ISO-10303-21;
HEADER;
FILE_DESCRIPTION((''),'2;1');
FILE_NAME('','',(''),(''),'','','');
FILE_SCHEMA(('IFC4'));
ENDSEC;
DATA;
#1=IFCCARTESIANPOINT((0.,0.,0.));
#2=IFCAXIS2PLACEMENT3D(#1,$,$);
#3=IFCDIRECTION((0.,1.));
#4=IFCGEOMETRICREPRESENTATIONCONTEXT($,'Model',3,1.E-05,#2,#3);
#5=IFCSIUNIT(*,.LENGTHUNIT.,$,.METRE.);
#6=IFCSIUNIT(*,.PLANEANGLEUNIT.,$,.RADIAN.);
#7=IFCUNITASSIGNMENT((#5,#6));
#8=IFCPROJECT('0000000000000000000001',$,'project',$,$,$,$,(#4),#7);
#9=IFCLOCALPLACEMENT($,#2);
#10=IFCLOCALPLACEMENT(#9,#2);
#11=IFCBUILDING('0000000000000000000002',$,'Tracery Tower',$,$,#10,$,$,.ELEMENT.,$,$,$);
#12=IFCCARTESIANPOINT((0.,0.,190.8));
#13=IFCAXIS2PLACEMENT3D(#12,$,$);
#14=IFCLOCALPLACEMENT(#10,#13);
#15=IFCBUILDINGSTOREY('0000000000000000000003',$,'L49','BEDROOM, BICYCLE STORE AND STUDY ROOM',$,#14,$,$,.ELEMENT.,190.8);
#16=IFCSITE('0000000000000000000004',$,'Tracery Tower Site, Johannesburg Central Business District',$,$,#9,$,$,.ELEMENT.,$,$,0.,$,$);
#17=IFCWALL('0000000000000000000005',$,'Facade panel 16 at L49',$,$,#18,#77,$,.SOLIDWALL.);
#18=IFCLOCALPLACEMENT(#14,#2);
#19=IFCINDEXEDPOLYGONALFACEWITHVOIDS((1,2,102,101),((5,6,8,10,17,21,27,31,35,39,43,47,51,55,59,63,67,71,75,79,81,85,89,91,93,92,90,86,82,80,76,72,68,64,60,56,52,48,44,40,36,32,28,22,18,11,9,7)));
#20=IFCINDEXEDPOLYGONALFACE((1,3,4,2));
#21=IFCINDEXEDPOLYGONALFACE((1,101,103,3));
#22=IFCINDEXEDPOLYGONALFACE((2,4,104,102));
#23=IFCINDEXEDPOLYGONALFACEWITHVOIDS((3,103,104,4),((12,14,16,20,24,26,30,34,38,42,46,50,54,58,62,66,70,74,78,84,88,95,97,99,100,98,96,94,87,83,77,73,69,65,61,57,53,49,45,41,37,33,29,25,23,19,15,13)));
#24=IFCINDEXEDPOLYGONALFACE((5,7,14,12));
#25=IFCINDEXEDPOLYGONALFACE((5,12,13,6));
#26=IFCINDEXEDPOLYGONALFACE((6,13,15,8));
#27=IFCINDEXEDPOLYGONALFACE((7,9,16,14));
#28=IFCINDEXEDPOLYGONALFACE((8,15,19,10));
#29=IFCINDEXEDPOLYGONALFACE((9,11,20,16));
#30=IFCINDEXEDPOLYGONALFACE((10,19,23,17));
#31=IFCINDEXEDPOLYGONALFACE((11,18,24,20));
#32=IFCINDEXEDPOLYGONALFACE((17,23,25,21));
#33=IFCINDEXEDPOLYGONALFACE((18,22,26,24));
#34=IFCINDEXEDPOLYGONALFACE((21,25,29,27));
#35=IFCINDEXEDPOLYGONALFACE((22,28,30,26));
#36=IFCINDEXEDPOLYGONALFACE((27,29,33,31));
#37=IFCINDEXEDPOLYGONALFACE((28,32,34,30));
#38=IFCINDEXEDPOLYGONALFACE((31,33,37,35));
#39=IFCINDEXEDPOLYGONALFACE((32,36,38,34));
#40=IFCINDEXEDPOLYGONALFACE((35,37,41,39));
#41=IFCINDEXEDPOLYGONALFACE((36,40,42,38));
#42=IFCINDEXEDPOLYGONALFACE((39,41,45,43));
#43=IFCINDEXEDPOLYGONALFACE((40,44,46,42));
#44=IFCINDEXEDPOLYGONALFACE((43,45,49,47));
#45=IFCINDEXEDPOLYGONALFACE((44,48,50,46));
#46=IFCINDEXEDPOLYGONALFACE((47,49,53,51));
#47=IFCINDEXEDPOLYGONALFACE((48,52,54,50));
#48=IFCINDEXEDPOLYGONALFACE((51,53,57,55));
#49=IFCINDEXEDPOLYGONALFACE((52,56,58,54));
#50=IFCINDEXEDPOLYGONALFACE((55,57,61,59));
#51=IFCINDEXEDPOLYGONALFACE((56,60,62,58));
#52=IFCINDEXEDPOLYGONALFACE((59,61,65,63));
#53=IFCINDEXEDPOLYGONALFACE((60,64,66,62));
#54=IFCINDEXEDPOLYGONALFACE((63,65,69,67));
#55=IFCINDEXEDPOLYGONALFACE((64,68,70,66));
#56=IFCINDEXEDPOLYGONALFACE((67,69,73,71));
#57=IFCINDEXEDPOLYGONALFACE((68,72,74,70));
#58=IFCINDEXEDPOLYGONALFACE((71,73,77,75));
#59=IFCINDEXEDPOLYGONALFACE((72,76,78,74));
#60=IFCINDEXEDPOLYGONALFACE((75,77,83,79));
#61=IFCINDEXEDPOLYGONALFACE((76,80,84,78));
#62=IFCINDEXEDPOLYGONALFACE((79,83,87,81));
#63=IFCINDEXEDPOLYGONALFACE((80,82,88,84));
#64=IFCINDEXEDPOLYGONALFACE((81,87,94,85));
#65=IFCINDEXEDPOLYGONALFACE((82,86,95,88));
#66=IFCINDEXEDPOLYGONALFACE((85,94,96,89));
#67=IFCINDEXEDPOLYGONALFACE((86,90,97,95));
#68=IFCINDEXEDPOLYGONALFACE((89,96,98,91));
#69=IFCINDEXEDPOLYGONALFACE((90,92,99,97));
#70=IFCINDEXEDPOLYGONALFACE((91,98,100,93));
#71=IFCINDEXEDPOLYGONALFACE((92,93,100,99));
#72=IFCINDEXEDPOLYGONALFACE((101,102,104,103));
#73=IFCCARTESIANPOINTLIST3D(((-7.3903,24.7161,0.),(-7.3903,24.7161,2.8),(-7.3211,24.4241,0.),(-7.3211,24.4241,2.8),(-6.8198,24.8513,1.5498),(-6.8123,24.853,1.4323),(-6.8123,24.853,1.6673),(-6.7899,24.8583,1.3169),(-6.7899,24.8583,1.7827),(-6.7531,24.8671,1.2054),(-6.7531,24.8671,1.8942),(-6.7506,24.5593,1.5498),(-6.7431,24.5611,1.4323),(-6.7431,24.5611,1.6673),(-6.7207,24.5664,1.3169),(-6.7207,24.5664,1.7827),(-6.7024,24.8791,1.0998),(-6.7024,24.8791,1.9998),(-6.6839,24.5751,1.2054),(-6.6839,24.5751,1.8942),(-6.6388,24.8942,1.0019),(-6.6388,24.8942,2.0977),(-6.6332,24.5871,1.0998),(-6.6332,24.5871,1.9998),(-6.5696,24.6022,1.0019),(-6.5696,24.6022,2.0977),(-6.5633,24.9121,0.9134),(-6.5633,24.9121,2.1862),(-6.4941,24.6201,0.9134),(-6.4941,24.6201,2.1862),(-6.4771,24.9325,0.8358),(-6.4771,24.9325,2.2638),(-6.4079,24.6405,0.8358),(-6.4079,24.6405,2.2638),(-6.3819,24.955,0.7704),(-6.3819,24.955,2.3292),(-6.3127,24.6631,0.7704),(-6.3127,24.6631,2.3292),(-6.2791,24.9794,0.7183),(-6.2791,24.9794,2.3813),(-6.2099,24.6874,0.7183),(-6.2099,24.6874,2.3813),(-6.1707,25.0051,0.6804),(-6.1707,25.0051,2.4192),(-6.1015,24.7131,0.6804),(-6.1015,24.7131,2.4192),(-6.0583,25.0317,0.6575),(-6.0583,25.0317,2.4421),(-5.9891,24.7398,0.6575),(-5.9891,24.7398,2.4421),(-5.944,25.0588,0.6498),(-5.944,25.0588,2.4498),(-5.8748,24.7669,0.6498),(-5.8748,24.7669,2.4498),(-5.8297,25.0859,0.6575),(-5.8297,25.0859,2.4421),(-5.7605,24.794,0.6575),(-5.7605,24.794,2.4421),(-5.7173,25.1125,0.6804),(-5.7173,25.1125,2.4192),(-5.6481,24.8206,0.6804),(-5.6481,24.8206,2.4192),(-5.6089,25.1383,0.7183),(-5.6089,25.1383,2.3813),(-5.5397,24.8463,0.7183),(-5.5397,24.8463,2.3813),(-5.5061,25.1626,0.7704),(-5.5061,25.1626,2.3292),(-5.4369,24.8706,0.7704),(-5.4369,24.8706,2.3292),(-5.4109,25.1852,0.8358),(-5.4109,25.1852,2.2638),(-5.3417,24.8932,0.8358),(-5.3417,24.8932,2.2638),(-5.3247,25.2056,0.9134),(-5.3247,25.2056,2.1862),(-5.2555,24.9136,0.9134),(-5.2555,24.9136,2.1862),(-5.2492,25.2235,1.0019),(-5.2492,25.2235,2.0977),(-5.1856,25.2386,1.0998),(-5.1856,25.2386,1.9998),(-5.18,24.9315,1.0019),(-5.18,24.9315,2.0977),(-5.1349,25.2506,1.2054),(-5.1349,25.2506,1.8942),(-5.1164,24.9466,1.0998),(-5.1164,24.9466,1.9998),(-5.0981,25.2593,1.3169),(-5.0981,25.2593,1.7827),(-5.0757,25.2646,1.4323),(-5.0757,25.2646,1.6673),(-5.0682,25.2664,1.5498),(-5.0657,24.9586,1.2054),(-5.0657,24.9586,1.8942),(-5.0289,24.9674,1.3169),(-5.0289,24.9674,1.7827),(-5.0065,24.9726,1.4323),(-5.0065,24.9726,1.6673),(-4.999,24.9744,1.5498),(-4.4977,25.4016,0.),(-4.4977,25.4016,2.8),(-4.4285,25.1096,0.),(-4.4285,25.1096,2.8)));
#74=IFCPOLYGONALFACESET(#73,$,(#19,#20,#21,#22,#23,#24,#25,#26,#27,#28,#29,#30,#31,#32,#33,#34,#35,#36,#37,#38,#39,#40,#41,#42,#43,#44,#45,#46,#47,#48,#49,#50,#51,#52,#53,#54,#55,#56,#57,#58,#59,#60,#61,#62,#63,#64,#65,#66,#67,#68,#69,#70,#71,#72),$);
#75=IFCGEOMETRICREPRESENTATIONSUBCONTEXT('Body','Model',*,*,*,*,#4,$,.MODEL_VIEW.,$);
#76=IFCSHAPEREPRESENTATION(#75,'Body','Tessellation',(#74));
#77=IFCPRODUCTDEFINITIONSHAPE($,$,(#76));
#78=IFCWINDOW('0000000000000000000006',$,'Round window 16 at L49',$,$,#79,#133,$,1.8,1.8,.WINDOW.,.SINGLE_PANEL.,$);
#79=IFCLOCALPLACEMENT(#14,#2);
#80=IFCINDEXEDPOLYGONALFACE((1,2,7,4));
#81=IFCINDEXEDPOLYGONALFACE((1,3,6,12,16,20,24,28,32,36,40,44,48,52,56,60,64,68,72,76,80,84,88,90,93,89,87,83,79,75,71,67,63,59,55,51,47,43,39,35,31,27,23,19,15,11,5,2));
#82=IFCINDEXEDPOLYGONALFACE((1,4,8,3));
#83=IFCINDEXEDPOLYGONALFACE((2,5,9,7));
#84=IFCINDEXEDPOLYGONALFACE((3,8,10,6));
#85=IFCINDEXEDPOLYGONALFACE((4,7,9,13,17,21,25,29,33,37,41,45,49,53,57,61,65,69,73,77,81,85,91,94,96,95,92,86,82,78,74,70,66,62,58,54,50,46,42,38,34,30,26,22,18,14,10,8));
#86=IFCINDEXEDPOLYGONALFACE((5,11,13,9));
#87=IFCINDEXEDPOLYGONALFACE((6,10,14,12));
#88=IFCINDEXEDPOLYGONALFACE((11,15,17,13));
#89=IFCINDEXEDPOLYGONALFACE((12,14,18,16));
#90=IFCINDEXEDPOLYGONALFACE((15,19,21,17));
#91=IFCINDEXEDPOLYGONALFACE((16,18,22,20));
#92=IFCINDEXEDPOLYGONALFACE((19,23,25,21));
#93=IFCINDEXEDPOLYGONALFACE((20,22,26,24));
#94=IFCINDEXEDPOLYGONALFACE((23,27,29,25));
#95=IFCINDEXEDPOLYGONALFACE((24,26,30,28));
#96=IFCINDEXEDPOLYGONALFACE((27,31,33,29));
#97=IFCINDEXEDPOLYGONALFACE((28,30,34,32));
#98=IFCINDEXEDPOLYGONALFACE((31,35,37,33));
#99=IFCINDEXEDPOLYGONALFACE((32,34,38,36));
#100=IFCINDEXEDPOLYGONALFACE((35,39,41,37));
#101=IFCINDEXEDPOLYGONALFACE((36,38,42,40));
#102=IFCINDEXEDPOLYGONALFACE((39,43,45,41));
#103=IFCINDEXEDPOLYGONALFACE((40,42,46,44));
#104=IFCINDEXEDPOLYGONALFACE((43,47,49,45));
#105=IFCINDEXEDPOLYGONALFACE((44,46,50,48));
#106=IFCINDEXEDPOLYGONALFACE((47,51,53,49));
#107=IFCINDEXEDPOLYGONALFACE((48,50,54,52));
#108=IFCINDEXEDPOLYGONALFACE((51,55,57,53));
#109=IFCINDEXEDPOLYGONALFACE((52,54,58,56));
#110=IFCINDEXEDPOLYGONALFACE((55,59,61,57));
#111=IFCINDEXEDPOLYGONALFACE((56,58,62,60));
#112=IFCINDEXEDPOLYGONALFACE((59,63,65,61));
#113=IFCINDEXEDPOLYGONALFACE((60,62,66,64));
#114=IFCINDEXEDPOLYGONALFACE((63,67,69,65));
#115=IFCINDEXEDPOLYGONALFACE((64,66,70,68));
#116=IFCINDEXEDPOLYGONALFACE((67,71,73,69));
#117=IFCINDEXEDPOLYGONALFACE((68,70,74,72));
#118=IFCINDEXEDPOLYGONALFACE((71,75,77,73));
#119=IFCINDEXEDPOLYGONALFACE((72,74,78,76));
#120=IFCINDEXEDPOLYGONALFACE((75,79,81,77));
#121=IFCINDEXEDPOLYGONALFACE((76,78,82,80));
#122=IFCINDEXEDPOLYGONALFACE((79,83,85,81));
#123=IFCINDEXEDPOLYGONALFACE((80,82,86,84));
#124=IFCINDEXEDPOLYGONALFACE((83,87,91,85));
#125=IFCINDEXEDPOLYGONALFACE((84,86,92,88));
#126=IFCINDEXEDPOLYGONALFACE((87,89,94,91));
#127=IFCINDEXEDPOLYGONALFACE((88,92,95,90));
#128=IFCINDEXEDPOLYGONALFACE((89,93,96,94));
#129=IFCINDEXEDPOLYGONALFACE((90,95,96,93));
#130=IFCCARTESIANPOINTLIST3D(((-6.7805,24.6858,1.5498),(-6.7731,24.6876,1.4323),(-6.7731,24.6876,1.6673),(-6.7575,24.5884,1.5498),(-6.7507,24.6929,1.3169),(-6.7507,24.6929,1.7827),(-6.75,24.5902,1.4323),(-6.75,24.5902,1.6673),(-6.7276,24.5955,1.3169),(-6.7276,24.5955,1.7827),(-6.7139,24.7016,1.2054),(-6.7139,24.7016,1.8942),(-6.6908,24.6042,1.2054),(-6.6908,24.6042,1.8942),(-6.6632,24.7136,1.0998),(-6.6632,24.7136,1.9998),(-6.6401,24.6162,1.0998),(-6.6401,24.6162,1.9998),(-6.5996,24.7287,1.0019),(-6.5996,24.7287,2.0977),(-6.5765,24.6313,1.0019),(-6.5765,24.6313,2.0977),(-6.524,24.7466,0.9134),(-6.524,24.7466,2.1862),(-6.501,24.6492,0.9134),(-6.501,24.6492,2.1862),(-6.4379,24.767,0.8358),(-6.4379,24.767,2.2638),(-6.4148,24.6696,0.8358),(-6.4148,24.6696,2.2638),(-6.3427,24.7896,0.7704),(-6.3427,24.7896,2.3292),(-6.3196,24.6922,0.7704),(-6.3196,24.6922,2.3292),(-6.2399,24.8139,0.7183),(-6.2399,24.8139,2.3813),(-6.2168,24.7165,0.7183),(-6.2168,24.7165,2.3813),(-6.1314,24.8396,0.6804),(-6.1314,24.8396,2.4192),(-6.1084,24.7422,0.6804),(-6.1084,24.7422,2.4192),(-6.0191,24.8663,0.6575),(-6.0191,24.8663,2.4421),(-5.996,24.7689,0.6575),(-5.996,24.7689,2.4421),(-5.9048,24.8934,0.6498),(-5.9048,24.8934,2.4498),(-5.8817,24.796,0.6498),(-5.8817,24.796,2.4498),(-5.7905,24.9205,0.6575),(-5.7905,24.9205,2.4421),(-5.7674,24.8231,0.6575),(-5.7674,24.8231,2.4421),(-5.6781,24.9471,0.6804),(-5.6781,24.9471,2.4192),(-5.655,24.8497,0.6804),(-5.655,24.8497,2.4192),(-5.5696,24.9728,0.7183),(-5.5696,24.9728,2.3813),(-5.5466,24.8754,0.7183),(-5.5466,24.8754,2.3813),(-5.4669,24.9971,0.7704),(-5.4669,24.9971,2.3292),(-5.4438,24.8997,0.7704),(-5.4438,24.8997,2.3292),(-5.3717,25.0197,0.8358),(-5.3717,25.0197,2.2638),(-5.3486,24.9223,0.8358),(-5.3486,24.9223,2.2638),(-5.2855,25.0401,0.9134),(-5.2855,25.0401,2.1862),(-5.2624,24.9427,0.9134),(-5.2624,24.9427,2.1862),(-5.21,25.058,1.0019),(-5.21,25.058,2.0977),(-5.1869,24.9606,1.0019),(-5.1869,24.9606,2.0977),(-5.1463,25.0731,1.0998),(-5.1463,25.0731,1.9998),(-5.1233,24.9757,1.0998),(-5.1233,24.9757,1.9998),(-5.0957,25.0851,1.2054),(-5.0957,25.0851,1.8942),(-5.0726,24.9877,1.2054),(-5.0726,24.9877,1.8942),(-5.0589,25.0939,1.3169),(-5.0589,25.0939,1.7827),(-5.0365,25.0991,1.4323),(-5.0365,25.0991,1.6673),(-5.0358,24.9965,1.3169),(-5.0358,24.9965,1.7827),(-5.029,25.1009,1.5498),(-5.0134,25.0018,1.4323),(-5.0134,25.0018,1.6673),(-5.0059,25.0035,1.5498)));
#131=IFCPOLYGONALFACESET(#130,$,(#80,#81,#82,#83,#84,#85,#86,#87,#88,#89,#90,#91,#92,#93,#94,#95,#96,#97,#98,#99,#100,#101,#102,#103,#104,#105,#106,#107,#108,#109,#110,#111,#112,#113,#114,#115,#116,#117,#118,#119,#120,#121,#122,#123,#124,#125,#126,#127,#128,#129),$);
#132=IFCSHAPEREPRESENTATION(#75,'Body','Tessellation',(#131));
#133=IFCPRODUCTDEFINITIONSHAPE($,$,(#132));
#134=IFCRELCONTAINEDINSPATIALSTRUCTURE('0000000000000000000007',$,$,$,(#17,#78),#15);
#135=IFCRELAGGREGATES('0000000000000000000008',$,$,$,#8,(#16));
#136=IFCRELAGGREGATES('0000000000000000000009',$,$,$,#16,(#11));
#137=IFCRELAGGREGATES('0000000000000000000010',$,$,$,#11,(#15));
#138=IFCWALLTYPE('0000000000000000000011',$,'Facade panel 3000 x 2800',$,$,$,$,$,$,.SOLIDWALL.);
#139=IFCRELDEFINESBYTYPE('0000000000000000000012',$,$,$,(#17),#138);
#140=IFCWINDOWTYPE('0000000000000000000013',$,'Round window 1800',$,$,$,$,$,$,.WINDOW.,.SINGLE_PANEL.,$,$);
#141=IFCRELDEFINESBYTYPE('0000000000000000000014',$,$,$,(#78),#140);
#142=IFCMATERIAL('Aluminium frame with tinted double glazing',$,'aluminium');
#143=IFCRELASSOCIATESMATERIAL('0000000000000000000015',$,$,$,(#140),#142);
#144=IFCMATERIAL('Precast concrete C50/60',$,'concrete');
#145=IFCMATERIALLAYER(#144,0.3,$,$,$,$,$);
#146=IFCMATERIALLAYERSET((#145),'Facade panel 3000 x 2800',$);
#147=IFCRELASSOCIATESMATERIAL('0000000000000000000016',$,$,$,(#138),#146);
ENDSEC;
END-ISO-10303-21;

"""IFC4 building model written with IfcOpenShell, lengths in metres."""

from ifc_helpers import new_model, si_unit, direction, frame, frame_2d, origin, origin_2d, place, context, subcontext, project, spatial, rectangle, circle, extrude, material, layer, layer_set, type_object, element, fill, save


model = new_model("IFC4")

# Units and contexts
model_context = context("Model", 3, precision=1e-05, world=origin(), true_north=direction((0.0, 1.0)))
body_context = subcontext(model_context, "Body", "Model", "MODEL_VIEW")
ifc_project = project(units=[si_unit("LENGTHUNIT", "METRE"), si_unit("PLANEANGLEUNIT", "RADIAN")], contexts=[model_context])

# Site, building, storey
site_placement = place(None, origin())
site = spatial("IfcSite", under=ifc_project, at=site_placement, Name="Tracery Tower Site, Johannesburg Central Business District", CompositionType="ELEMENT", RefElevation=0.0)
building_placement = place(site_placement, origin())
building = spatial("IfcBuilding", under=site, at=building_placement, Name="Tracery Tower", CompositionType="ELEMENT")
storey_placement = place(building_placement, frame((0.0, 0.0, 190.8)))
storey = spatial("IfcBuildingStorey", under=building, at=storey_placement, Name="L49", Description="BEDROOM, BICYCLE STORE AND STUDY ROOM", CompositionType="ELEMENT", Elevation=190.8)

# Wall, opening, window
ifc_material_1 = material(Name="Aluminium frame with tinted double glazing", Category="aluminium")
window_type = type_object("IfcWindowType", Name="Round window 1800", PartitioningType="SINGLE_PANEL", PredefinedType="WINDOW", material=ifc_material_1)
ifc_material_2 = material(Name="Precast concrete C50/60", Category="concrete")
ifc_layer_1 = layer(ifc_material_2, 0.3)
ifc_layer_set_1 = layer_set([ifc_layer_1], Name="Facade panel 3000 x 2800")
wall_type_1 = type_object("IfcWallType", Name="Facade panel 3000 x 2800", PredefinedType="SOLIDWALL", material=ifc_layer_set_1)
wall_1_placement = place(storey_placement, frame((-4.4631, 25.2556, 0.0), z_axis=(0.0, 0.0, 1.0), x_axis=(-0.973045, -0.230614, 0.0)))
wall_1 = element("IfcWall", 1, at=wall_1_placement, inside=storey, type_object=wall_type_1, Name="Facade panel 16 at L49", PredefinedType="SOLIDWALL", context=body_context, shape_type="SweptSolid", body=[
    extrude(rectangle(XDim=2.9727, YDim=0.3, at=frame_2d((1.4863, 0.0))), origin(), (0.0, 0.0, 1.0), 2.8),
])
opening_1_placement = place(wall_1_placement, frame((1.4863, 0.0, 1.5498)))
opening_1 = element("IfcOpeningElement", 2, at=opening_1_placement, cuts=wall_1, PredefinedType="OPENING", context=body_context, shape_type="SweptSolid", body=[
    extrude(circle(Radius=0.9, at=origin_2d()), frame((0.0, 0.1599, 0.0), z_axis=(0.0, -1.0, 0.0), x_axis=(1.0, 0.0, 0.0)), (0.0, 0.0, 1.0), 0.3201),
])
window_1_placement = place(opening_1_placement, origin())
window_1 = element("IfcWindow", 3, at=window_1_placement, inside=storey, type_object=window_type, Name="Round window 16 at L49", OverallHeight=1.8, OverallWidth=1.8, PartitioningType="SINGLE_PANEL", PredefinedType="WINDOW", context=body_context, shape_type="SweptSolid", body=[
    extrude(circle(Radius=0.9, at=origin_2d()), frame((0.0, 0.1201, 0.0), z_axis=(0.0, -1.0, 0.0), x_axis=(1.0, 0.0, 0.0)), (0.0, 0.0, 1.0), 0.1001),
])
fill(opening_1, window_1)

save(model, "model.ifc")
